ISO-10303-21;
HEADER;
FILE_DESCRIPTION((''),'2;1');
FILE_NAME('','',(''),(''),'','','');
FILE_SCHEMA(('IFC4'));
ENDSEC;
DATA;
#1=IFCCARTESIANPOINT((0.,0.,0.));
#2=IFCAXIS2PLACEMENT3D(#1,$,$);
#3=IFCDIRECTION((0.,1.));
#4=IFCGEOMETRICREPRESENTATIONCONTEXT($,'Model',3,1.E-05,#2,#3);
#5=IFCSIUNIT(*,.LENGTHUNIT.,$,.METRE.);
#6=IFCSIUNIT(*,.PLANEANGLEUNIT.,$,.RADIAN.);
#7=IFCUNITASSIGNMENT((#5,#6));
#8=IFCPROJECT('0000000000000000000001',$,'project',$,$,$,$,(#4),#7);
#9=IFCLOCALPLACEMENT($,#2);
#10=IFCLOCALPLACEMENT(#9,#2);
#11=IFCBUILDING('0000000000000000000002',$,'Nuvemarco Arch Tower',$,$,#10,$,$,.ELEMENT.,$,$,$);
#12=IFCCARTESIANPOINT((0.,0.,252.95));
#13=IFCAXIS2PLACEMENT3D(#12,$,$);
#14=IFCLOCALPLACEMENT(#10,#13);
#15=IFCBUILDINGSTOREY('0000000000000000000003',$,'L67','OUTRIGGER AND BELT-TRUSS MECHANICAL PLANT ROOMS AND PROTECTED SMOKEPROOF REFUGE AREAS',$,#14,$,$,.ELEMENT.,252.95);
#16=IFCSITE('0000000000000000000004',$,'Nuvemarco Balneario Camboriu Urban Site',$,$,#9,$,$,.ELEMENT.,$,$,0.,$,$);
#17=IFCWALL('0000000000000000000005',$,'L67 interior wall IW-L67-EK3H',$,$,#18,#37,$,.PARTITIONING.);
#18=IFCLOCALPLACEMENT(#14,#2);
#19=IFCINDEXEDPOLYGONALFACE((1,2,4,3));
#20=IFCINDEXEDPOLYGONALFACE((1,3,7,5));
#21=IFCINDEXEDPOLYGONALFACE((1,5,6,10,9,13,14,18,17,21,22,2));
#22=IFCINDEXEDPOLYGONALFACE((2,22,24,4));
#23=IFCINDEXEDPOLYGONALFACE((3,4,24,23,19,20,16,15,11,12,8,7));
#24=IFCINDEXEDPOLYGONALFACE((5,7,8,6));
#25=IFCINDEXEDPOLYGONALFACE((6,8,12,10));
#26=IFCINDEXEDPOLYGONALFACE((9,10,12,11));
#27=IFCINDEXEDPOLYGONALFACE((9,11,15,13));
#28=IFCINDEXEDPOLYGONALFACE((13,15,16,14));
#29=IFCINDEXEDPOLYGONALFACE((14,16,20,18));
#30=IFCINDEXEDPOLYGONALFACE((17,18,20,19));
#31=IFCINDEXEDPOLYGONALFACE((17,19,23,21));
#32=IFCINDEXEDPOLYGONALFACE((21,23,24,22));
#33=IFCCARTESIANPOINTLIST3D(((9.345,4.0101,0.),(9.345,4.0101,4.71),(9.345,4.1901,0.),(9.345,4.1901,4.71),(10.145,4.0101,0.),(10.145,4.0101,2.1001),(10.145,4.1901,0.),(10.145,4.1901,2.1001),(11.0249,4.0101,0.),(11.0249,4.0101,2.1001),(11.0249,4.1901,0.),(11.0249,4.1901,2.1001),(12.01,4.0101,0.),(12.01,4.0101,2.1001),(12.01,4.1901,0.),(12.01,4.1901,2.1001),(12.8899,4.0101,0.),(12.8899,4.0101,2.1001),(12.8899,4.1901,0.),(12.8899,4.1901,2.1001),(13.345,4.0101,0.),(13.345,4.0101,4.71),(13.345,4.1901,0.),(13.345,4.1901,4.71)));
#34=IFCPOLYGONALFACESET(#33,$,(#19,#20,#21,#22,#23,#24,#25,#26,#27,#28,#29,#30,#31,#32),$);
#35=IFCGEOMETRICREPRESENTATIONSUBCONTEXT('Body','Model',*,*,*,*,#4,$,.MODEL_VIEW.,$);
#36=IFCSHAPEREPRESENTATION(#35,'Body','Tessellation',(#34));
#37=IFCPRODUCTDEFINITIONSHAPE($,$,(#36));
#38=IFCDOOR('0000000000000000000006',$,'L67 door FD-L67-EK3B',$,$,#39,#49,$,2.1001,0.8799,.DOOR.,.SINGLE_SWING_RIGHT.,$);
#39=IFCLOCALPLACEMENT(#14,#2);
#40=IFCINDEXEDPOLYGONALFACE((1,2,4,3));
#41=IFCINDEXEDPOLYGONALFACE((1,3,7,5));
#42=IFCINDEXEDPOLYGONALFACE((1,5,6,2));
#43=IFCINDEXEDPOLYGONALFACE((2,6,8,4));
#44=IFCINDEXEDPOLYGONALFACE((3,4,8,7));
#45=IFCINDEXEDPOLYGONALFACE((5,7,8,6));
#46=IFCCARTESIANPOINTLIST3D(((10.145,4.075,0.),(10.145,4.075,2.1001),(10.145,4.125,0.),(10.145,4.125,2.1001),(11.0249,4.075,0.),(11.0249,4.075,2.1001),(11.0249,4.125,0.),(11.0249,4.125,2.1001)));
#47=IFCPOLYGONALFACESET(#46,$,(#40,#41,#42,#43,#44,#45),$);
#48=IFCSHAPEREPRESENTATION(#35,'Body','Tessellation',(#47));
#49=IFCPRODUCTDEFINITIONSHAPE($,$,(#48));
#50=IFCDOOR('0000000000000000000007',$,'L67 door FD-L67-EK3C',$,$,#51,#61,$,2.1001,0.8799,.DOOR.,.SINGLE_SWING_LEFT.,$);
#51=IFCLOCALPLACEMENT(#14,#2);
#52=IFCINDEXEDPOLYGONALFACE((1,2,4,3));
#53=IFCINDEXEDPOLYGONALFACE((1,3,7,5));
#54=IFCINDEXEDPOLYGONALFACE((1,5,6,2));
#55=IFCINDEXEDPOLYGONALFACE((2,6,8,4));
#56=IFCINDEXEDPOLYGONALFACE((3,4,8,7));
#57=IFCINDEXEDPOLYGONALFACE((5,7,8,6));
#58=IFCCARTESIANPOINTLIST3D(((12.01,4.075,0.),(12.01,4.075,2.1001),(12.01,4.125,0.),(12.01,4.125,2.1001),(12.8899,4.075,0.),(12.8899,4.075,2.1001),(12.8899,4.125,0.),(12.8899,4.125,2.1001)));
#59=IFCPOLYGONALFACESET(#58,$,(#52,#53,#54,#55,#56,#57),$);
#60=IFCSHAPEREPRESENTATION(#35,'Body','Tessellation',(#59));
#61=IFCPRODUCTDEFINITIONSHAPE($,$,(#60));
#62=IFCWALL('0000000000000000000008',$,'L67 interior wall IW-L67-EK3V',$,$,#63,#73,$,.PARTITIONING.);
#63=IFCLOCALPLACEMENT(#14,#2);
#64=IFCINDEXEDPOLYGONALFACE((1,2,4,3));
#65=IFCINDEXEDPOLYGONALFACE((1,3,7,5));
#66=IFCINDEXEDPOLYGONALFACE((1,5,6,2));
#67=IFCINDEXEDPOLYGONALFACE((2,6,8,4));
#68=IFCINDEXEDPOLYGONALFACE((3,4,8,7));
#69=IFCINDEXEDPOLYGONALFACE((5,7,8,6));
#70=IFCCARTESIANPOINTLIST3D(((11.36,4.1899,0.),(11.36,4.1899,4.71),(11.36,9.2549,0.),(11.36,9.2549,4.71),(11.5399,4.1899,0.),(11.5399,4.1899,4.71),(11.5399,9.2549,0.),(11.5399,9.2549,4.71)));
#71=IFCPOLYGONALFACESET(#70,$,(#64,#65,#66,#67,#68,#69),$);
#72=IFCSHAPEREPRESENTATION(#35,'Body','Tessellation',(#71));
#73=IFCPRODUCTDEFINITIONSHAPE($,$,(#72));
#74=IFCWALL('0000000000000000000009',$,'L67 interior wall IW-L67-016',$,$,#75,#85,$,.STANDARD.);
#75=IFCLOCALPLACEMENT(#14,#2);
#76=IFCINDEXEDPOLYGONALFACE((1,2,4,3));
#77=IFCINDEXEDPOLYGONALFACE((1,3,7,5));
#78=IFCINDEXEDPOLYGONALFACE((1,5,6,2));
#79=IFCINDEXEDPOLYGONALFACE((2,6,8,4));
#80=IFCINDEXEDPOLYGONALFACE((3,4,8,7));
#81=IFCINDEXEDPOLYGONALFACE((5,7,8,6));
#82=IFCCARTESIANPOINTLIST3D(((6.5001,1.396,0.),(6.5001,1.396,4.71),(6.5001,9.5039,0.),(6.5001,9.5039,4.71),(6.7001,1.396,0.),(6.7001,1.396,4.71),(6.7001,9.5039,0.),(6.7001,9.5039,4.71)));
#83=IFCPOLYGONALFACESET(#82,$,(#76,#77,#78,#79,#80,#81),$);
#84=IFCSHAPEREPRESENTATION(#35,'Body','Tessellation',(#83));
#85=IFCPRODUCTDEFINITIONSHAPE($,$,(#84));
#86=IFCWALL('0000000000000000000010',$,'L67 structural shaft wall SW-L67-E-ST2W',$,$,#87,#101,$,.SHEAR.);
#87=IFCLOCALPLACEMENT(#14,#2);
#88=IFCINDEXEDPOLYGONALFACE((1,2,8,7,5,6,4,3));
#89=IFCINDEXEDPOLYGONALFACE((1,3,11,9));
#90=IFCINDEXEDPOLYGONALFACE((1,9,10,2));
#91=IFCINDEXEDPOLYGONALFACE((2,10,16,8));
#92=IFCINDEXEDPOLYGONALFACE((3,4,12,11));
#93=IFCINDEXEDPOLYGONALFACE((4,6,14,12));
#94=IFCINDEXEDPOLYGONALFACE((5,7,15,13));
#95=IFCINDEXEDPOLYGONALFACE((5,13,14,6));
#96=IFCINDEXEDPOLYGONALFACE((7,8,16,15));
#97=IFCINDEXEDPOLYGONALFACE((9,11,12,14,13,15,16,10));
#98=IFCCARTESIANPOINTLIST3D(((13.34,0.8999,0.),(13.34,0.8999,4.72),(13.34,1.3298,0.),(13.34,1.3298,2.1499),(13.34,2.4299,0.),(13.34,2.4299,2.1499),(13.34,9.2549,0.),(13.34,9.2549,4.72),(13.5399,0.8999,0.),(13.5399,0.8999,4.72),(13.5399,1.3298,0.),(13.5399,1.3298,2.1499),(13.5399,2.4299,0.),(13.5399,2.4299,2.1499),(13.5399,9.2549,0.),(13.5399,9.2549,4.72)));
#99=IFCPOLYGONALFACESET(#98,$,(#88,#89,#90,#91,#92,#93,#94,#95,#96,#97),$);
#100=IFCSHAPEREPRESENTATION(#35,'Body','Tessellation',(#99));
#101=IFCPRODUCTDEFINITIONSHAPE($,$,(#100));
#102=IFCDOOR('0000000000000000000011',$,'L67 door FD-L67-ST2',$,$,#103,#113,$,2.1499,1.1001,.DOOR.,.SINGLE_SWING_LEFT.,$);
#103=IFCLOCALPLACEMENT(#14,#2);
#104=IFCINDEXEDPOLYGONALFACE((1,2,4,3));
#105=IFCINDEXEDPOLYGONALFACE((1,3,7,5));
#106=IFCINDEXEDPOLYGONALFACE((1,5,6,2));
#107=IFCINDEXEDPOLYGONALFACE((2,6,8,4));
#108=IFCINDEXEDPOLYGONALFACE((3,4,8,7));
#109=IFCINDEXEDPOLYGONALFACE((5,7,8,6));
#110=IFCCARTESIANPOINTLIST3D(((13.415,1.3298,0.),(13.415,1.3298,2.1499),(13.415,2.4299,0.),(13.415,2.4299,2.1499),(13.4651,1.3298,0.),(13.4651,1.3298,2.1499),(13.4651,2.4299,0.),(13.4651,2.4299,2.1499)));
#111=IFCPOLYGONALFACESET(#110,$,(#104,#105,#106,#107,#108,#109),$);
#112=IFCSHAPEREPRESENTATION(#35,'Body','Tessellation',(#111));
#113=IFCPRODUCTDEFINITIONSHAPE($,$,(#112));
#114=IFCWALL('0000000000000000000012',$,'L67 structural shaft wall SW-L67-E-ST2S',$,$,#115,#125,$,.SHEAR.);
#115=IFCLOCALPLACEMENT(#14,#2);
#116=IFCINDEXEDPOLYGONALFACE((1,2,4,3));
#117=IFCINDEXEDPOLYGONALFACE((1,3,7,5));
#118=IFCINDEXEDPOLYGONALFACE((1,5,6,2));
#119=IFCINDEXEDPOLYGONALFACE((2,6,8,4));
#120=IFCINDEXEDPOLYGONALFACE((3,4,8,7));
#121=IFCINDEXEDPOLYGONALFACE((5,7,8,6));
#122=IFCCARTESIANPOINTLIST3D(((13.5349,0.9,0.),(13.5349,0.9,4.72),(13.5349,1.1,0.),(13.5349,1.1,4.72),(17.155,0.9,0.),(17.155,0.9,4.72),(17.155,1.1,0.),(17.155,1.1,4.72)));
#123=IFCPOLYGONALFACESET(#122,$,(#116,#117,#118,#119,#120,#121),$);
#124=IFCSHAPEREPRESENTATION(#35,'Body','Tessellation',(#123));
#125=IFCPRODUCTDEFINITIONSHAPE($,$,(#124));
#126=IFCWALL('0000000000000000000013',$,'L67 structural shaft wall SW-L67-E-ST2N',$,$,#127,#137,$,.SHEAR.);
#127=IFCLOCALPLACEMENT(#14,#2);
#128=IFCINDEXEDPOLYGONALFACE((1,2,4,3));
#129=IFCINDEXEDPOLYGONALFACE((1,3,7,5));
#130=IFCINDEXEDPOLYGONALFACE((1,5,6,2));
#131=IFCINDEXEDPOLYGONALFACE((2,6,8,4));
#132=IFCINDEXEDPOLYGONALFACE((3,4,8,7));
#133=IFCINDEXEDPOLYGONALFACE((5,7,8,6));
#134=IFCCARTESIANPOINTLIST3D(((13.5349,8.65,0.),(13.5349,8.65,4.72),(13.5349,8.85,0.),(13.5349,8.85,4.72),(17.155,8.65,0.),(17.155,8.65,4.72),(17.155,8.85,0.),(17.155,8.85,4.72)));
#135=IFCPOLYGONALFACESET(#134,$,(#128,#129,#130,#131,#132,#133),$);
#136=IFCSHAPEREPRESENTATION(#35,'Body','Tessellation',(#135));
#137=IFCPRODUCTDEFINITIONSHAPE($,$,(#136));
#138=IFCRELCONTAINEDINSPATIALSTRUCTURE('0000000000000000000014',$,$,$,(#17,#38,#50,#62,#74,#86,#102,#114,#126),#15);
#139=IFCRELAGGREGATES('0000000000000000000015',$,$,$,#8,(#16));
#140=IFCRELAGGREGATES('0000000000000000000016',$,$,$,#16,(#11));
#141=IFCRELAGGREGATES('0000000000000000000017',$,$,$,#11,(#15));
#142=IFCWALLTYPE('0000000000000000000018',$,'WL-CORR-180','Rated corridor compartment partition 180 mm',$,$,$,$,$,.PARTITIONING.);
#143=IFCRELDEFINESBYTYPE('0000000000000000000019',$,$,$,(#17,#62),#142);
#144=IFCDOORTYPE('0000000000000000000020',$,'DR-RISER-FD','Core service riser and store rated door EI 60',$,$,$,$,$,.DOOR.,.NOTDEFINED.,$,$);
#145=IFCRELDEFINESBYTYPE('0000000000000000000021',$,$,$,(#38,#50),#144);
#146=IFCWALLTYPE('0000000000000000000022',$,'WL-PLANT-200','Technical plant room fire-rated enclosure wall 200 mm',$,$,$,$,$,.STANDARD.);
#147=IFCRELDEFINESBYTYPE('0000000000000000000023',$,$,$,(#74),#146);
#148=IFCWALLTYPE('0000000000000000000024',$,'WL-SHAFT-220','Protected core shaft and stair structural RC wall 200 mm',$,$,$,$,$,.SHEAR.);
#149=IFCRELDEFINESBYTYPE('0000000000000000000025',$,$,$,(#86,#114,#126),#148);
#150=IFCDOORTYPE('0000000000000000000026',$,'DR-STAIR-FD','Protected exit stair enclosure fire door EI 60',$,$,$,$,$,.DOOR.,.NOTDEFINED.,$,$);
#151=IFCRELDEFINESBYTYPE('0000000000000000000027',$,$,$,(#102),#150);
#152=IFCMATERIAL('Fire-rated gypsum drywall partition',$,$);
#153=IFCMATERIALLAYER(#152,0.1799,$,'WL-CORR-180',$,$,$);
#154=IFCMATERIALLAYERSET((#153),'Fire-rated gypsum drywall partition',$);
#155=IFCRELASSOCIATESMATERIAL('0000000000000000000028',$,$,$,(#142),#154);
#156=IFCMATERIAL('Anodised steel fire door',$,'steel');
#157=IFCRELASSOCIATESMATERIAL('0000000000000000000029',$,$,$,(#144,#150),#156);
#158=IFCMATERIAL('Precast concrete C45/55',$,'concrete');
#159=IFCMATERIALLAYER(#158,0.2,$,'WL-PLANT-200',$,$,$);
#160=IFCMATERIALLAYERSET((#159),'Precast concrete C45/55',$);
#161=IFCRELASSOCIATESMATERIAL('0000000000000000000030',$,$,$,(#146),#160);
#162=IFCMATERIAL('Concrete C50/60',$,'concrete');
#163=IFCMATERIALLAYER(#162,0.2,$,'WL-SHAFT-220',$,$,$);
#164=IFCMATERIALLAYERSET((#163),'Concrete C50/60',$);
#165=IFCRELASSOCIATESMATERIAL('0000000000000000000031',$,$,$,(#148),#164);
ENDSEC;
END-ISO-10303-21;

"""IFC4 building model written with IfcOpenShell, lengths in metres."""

from ifc_helpers import new_model, si_unit, direction, frame, frame_2d, origin, place, context, subcontext, project, spatial, rectangle, extrude, source, transform, mapped, material, layer, layer_set, type_object, type_shapes, element, fill, save


model = new_model("IFC4")

# Units and contexts
model_context = context("Model", 3, precision=1e-05, world=origin(), true_north=direction((0.0, 1.0)))
body_context = subcontext(model_context, "Body", "Model", "MODEL_VIEW")
ifc_project = project(units=[si_unit("LENGTHUNIT", "METRE"), si_unit("PLANEANGLEUNIT", "RADIAN")], contexts=[model_context])

# Site, building, storey
site_placement = place(None, origin())
site = spatial("IfcSite", under=ifc_project, at=site_placement, Name="Nuvemarco Balneario Camboriu Urban Site", CompositionType="ELEMENT", RefElevation=0.0)
building_placement = place(site_placement, origin())
building = spatial("IfcBuilding", under=site, at=building_placement, Name="Nuvemarco Arch Tower", CompositionType="ELEMENT")
storey_placement = place(building_placement, frame((0.0, 0.0, 252.95)))
storey = spatial("IfcBuildingStorey", under=building, at=storey_placement, Name="L67", Description="OUTRIGGER AND BELT-TRUSS MECHANICAL PLANT ROOMS AND PROTECTED SMOKEPROOF REFUGE AREAS", CompositionType="ELEMENT", Elevation=252.95)

# Shared definitions
ifc_material_1 = material(Name="Concrete C50/60", Category="concrete")

# Shared definitions
ifc_material_2 = material(Name="Fire-rated gypsum drywall partition")
ifc_layer_1 = layer(ifc_material_2, 0.1799, Name="WL-CORR-180")
ifc_layer_set_1 = layer_set([ifc_layer_1], Name="Fire-rated gypsum drywall partition")
wall_type_1 = type_object("IfcWallType", Name="WL-CORR-180", Description="Rated corridor compartment partition 180 mm", PredefinedType="PARTITIONING", material=ifc_layer_set_1)
ifc_material_3 = material(Name="Anodised steel fire door", Category="steel")
door_type_1 = type_object("IfcDoorType", Name="DR-RISER-FD", Description="Core service riser and store rated door EI 60", OperationType="NOTDEFINED", PredefinedType="DOOR", material=ifc_material_3)
shared_shape_1 = source(origin(), body_context, "Body", "SweptSolid", [
    extrude(rectangle(XDim=0.8799, YDim=2.1001, at=frame_2d((0.4399, 1.05))), frame((0.0, 0.0249, 0.0), z_axis=(0.0, -1.0, 0.0), x_axis=(1.0, 0.0, 0.0)), (0.0, 0.0, 1.0), 0.05),
])
type_shapes(door_type_1, [shared_shape_1])

# Wall, openings, doors
wall_1_placement = place(storey_placement, frame((9.345, 4.1001, 0.0), z_axis=(0.0, 0.0, 1.0), x_axis=(1.0, 0.0, 0.0)))
wall_1 = element("IfcWall", 1, at=wall_1_placement, inside=storey, type_object=wall_type_1, Name="L67 interior wall IW-L67-EK3H", PredefinedType="PARTITIONING", context=body_context, shape_type="SweptSolid", body=[
    extrude(rectangle(XDim=4.0, YDim=0.1799, at=frame_2d((2.0, 0.0))), origin(), (0.0, 0.0, 1.0), 4.71),
])
opening_1_placement = place(wall_1_placement, frame((0.8, 0.0, 0.0)))
opening_1 = element("IfcOpeningElement", 2, at=opening_1_placement, cuts=wall_1, PredefinedType="OPENING", context=body_context, shape_type="SweptSolid", body=[
    extrude(rectangle(XDim=0.8799, YDim=2.1001, at=frame_2d((0.4399, 1.05))), frame((0.0, 0.0999, 0.0), z_axis=(0.0, -1.0, 0.0), x_axis=(1.0, 0.0, 0.0)), (0.0, 0.0, 1.0), 0.2),
])
opening_2_placement = place(wall_1_placement, frame((2.665, 0.0, 0.0)))
opening_2 = element("IfcOpeningElement", 3, at=opening_2_placement, cuts=wall_1, PredefinedType="OPENING", context=body_context, shape_type="SweptSolid", body=[
    extrude(rectangle(XDim=0.8799, YDim=2.1001, at=frame_2d((0.4399, 1.05))), frame((0.0, 0.0999, 0.0), z_axis=(0.0, -1.0, 0.0), x_axis=(1.0, 0.0, 0.0)), (0.0, 0.0, 1.0), 0.2),
])
door_1_placement = place(opening_1_placement, origin())
door_1 = element("IfcDoor", 4, at=door_1_placement, inside=storey, type_object=door_type_1, Name="L67 door FD-L67-EK3B", OperationType="SINGLE_SWING_RIGHT", OverallHeight=2.1001, OverallWidth=0.8799, PredefinedType="DOOR", context=body_context, shape_type="MappedRepresentation", body=[
    mapped(shared_shape_1, transform((0.0, 0.0, 0.0), scale=1.0)),
])
fill(opening_1, door_1)
door_2_placement = place(opening_2_placement, origin())
door_2 = element("IfcDoor", 5, at=door_2_placement, inside=storey, type_object=door_type_1, Name="L67 door FD-L67-EK3C", OperationType="SINGLE_SWING_LEFT", OverallHeight=2.1001, OverallWidth=0.8799, PredefinedType="DOOR", context=body_context, shape_type="MappedRepresentation", body=[
    mapped(shared_shape_1, transform((0.0, 0.0, 0.0), scale=1.0)),
])
fill(opening_2, door_2)

# Walls
wall_2_placement = place(storey_placement, frame((11.45, 4.1899, 0.0), z_axis=(0.0, 0.0, 1.0), x_axis=(0.0, 1.0, 0.0)))
element("IfcWall", 6, at=wall_2_placement, inside=storey, type_object=wall_type_1, Name="L67 interior wall IW-L67-EK3V", PredefinedType="PARTITIONING", context=body_context, shape_type="SweptSolid", body=[
    extrude(rectangle(XDim=5.0649, YDim=0.1799, at=frame_2d((2.5325, 0.0))), origin(), (0.0, 0.0, 1.0), 4.71),
])
ifc_material_4 = material(Name="Precast concrete C45/55", Category="concrete")
ifc_layer_2 = layer(ifc_material_4, 0.2, Name="WL-PLANT-200")
ifc_layer_set_2 = layer_set([ifc_layer_2], Name="Precast concrete C45/55")
wall_type_2 = type_object("IfcWallType", Name="WL-PLANT-200", Description="Technical plant room fire-rated enclosure wall 200 mm", PredefinedType="STANDARD", material=ifc_layer_set_2)
wall_3_placement = place(storey_placement, frame((6.6001, 1.396, 0.0), z_axis=(0.0, 0.0, 1.0), x_axis=(0.0, 1.0, 0.0)))
element("IfcWall", 7, at=wall_3_placement, inside=storey, type_object=wall_type_2, Name="L67 interior wall IW-L67-016", PredefinedType="STANDARD", context=body_context, shape_type="SweptSolid", body=[
    extrude(rectangle(XDim=8.1079, YDim=0.2, at=frame_2d((4.054, 0.0))), origin(), (0.0, 0.0, 1.0), 4.71),
])

# Wall, opening, door
ifc_layer_3 = layer(ifc_material_1, 0.2, Name="WL-SHAFT-220")
ifc_layer_set_3 = layer_set([ifc_layer_3], Name="Concrete C50/60")
wall_type_3 = type_object("IfcWallType", Name="WL-SHAFT-220", Description="Protected core shaft and stair structural RC wall 200 mm", PredefinedType="SHEAR", material=ifc_layer_set_3)
wall_4_placement = place(storey_placement, frame((13.4399, 0.8999, 0.0), z_axis=(0.0, 0.0, 1.0), x_axis=(0.0, 1.0, 0.0)))
wall_4 = element("IfcWall", 8, at=wall_4_placement, inside=storey, type_object=wall_type_3, Name="L67 structural shaft wall SW-L67-E-ST2W", PredefinedType="SHEAR", context=body_context, shape_type="SweptSolid", body=[
    extrude(rectangle(XDim=8.355, YDim=0.2, at=frame_2d((4.1775, 0.0))), origin(), (0.0, 0.0, 1.0), 4.72),
])
opening_3_placement = place(wall_4_placement, frame((0.4299, 0.0, 0.0)))
opening_3 = element("IfcOpeningElement", 9, at=opening_3_placement, cuts=wall_4, PredefinedType="OPENING", context=body_context, shape_type="SweptSolid", body=[
    extrude(rectangle(XDim=1.1001, YDim=2.1499, at=frame_2d((0.55, 1.075))), frame((0.0, 0.1099, 0.0), z_axis=(0.0, -1.0, 0.0), x_axis=(1.0, 0.0, 0.0)), (0.0, 0.0, 1.0), 0.22),
])
door_type_2 = type_object("IfcDoorType", Name="DR-STAIR-FD", Description="Protected exit stair enclosure fire door EI 60", OperationType="NOTDEFINED", PredefinedType="DOOR", material=ifc_material_3)
shared_shape_2 = source(origin(), body_context, "Body", "SweptSolid", [
    extrude(rectangle(XDim=1.1001, YDim=2.1499, at=frame_2d((0.55, 1.075))), frame((0.0, 0.0249, 0.0), z_axis=(0.0, -1.0, 0.0), x_axis=(1.0, 0.0, 0.0)), (0.0, 0.0, 1.0), 0.05),
])
type_shapes(door_type_2, [shared_shape_2])
door_3_placement = place(opening_3_placement, origin())
door_3 = element("IfcDoor", 10, at=door_3_placement, inside=storey, type_object=door_type_2, Name="L67 door FD-L67-ST2", OperationType="SINGLE_SWING_LEFT", OverallHeight=2.1499, OverallWidth=1.1001, PredefinedType="DOOR", context=body_context, shape_type="MappedRepresentation", body=[
    mapped(shared_shape_2, transform((0.0, 0.0, 0.0), scale=1.0)),
])
fill(opening_3, door_3)

# Walls
for number, where, z_axis, x_axis, name in (
    (11, (13.5349, 1.0, 0.0), (0.0, 0.0, 1.0), (1.0, 0.0, 0.0), "L67 structural shaft wall SW-L67-E-ST2S"),
    (12, (13.5349, 8.75, 0.0), (0.0, 0.0, 1.0), (1.0, 0.0, 0.0), "L67 structural shaft wall SW-L67-E-ST2N"),
):
    element("IfcWall", number, at=place(storey_placement, frame(where, z_axis=z_axis, x_axis=x_axis)), inside=storey, type_object=wall_type_3, Name=name, PredefinedType="SHEAR", context=body_context, shape_type="SweptSolid", body=[
        extrude(rectangle(XDim=3.6201, YDim=0.2, at=frame_2d((1.8101, 0.0))), origin(), (0.0, 0.0, 1.0), 4.72),
    ])

save(model, "model.ifc")
